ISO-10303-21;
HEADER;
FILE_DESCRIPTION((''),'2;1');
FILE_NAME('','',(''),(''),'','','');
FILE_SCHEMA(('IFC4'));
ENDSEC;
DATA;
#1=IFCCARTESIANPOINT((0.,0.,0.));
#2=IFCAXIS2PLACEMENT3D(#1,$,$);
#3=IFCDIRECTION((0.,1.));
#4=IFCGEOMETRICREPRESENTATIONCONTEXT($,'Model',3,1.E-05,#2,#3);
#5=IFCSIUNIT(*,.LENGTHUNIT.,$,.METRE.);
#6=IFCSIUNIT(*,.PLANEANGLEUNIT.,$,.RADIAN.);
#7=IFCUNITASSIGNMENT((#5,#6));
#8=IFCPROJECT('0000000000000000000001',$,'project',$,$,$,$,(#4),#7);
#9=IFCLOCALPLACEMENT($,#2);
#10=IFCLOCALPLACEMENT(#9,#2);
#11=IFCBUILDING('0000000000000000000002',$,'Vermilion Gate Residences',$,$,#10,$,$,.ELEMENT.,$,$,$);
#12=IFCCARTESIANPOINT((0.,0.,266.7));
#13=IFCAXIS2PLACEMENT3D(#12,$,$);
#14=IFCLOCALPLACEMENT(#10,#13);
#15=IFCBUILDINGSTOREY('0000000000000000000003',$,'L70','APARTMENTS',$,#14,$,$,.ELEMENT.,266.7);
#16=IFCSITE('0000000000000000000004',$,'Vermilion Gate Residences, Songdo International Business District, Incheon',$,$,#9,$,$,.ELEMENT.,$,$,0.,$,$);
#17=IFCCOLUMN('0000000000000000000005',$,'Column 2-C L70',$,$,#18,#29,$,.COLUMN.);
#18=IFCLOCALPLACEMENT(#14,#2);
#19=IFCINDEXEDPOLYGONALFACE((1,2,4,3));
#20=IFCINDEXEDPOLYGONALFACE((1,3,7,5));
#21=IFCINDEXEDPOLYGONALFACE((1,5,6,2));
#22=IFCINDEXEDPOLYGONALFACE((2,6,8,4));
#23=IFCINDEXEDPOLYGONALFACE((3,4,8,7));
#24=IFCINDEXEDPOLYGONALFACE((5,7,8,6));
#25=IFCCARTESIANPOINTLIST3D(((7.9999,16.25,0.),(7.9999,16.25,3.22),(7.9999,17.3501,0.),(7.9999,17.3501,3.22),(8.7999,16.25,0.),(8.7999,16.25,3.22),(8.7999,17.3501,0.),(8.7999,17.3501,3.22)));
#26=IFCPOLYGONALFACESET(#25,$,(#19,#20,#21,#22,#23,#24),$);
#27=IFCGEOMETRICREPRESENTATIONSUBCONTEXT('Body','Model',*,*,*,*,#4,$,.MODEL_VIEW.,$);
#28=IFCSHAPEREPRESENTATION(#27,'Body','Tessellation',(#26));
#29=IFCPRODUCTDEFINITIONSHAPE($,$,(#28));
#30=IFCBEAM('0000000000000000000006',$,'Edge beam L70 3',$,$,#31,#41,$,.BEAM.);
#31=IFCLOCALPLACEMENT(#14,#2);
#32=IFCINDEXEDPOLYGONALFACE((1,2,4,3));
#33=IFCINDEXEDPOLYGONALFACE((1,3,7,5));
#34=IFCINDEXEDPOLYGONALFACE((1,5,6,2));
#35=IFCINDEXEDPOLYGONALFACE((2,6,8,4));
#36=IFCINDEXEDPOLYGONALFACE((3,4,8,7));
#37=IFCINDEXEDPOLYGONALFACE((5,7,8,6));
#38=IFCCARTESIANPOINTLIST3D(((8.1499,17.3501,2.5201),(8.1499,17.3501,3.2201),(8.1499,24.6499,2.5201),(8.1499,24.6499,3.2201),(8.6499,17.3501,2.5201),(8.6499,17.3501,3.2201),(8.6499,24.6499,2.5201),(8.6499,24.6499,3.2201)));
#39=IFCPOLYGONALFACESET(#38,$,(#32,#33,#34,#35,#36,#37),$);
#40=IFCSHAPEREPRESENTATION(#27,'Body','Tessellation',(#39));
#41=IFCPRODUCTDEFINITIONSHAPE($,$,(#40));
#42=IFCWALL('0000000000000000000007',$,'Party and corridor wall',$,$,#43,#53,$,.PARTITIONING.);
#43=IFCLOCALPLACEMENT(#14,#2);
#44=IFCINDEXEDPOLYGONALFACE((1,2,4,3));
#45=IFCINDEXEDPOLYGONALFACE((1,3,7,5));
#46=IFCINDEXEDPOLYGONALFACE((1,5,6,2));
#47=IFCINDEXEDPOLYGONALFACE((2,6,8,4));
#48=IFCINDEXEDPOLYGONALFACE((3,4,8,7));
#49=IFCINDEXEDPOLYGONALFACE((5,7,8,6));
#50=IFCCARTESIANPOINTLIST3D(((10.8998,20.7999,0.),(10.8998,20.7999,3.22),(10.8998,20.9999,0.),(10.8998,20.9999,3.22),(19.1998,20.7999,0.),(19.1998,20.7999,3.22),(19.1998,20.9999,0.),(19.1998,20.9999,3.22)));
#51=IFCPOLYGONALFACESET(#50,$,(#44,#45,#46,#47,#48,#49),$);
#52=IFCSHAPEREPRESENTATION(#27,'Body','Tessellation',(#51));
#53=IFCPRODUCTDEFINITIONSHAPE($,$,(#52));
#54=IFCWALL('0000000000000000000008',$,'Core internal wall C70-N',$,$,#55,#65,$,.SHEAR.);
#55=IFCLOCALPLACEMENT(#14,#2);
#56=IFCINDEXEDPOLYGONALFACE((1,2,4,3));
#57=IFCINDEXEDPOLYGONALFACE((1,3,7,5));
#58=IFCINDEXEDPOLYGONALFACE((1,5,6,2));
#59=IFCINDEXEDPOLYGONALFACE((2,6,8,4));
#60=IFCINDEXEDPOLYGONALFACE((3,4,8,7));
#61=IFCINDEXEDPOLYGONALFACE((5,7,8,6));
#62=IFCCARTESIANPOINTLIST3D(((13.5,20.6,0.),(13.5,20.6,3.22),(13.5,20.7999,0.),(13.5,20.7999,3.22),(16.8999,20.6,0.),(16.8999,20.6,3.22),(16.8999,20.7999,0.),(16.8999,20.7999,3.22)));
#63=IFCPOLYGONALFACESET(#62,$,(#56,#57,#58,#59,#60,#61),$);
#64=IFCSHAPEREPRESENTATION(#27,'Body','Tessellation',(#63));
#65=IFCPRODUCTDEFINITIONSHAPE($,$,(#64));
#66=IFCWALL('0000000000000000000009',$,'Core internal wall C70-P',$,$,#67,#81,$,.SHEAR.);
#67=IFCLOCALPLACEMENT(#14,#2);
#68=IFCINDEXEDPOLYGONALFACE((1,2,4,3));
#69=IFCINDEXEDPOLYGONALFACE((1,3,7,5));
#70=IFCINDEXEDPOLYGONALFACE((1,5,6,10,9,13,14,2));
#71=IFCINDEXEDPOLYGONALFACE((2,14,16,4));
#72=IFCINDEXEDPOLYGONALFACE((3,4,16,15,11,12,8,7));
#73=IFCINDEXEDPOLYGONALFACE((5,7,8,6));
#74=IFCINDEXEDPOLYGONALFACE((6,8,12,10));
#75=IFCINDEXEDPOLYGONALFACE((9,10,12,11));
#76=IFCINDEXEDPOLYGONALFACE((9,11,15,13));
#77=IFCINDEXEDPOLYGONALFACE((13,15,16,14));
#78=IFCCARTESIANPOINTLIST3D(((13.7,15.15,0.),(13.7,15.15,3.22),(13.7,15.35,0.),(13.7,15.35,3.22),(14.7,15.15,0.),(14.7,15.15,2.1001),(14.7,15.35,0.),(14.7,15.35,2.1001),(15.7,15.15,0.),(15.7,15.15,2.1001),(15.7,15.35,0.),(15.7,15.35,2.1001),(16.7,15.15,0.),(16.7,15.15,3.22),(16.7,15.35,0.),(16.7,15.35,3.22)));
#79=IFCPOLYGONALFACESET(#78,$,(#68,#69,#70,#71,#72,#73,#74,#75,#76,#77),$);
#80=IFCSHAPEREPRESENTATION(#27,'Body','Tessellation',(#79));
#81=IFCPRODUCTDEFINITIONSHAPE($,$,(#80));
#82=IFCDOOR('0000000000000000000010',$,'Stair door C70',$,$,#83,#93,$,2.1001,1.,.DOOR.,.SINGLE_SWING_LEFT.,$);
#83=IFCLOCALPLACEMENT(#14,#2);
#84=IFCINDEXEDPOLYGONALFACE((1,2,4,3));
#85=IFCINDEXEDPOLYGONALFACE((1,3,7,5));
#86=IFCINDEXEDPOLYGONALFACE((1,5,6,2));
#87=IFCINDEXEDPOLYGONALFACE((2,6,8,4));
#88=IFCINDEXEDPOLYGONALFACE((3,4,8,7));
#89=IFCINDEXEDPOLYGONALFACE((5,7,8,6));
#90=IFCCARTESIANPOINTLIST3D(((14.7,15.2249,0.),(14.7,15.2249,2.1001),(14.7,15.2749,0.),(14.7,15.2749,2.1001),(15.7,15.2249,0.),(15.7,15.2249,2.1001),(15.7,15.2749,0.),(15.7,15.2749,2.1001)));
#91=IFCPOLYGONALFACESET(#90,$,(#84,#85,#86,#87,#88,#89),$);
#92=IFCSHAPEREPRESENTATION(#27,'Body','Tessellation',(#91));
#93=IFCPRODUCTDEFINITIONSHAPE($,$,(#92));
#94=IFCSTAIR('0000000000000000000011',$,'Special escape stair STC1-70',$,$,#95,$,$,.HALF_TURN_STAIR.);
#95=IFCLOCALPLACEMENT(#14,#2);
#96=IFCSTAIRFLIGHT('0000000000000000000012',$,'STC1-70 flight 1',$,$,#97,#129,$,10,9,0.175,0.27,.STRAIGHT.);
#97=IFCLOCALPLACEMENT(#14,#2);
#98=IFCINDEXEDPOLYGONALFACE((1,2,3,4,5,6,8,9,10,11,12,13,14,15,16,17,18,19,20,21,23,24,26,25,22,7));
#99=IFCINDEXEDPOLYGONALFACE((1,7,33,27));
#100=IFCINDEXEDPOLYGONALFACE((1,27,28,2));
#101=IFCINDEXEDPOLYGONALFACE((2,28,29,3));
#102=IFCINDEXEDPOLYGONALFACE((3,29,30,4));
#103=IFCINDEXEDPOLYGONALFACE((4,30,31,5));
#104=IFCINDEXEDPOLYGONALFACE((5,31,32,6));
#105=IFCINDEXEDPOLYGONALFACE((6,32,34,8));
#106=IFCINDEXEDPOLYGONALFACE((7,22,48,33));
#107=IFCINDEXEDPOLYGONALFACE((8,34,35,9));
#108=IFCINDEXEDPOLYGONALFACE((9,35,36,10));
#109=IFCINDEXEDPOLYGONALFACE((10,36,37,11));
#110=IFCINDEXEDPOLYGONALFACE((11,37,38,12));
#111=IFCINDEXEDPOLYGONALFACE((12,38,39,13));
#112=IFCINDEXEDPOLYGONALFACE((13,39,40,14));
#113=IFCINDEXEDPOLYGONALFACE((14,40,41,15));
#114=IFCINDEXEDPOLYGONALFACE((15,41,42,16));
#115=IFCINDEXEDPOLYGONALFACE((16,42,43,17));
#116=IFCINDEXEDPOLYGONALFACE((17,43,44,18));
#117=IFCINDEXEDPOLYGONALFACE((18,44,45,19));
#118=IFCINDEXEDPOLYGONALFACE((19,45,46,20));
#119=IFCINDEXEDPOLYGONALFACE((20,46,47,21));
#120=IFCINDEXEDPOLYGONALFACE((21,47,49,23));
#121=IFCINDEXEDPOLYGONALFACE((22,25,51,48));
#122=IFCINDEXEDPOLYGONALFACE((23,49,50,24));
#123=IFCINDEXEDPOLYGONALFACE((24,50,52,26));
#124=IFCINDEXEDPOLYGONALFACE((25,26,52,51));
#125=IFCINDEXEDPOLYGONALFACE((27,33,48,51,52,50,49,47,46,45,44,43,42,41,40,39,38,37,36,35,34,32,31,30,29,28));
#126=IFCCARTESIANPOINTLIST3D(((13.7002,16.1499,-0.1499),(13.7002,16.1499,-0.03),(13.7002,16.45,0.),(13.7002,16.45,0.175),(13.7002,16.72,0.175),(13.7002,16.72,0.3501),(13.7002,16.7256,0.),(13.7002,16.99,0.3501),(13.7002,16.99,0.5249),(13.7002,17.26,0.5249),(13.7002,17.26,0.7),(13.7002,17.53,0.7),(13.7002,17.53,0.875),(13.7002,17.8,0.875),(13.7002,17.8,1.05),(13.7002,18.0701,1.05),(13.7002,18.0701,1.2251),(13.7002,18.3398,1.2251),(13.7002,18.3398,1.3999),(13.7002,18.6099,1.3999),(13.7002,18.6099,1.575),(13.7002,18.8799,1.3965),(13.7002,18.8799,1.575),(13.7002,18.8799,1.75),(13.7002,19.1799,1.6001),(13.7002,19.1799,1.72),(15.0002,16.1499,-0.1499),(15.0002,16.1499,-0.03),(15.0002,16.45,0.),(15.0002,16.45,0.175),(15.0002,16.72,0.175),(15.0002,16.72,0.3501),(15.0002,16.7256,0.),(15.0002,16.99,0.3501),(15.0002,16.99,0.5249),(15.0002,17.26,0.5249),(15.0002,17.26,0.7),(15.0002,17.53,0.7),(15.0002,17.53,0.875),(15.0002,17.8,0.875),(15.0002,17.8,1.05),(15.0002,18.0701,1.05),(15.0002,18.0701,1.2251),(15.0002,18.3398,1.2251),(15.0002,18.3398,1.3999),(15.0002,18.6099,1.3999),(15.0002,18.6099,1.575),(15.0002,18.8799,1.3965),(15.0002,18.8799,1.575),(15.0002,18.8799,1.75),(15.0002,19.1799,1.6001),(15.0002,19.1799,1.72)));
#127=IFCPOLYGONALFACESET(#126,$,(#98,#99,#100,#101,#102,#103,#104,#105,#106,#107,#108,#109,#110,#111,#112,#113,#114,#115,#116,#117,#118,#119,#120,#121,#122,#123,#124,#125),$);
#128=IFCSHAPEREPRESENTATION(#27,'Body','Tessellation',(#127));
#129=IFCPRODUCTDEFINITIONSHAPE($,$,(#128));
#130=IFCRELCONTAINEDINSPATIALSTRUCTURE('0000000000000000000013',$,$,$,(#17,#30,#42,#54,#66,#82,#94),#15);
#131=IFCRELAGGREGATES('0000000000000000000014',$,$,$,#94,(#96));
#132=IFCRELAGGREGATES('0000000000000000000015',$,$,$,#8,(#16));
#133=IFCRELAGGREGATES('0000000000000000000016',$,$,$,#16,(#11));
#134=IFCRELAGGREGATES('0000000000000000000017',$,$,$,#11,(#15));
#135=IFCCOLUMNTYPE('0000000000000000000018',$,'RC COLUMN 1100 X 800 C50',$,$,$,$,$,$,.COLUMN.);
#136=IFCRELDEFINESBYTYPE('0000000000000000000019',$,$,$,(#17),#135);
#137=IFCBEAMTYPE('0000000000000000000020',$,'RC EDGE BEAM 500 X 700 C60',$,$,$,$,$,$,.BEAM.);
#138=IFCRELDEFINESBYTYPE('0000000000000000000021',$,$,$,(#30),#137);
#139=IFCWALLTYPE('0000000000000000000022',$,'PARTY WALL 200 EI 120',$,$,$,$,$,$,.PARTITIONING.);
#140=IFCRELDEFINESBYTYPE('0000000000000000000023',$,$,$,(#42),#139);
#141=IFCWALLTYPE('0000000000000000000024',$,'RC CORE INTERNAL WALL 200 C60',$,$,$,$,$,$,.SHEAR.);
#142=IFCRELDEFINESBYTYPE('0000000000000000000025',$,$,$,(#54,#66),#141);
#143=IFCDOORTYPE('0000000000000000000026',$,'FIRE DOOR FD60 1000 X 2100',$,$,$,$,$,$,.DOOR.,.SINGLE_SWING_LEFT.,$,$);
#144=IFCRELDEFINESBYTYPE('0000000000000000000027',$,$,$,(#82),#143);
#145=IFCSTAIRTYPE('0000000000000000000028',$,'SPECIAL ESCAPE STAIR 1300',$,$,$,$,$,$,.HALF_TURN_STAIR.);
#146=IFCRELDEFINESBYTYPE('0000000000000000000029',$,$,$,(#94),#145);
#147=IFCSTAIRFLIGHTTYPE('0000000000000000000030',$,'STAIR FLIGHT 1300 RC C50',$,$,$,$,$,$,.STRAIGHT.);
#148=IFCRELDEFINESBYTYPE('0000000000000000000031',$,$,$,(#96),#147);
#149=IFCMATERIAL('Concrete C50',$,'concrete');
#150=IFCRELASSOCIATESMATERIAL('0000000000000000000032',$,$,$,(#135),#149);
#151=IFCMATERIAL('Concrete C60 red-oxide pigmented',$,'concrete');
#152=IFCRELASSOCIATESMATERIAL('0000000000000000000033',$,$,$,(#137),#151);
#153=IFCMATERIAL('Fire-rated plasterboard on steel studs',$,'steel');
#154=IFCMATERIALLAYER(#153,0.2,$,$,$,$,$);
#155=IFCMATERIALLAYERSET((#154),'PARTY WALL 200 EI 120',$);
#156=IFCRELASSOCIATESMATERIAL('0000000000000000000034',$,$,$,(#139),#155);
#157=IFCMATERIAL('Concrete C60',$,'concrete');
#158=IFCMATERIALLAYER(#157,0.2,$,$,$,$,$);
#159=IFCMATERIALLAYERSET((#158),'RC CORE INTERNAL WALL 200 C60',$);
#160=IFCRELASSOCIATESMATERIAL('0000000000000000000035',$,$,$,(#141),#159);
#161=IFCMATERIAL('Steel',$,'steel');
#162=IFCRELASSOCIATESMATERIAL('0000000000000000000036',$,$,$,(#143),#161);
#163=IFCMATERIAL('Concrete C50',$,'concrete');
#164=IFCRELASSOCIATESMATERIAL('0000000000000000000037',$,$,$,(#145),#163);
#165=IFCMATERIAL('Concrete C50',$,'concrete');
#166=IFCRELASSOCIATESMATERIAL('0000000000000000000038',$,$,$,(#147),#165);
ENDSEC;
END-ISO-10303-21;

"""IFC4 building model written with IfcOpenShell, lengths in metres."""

from ifc_helpers import new_model, si_unit, direction, frame, frame_2d, origin, origin_2d, place, context, subcontext, project, spatial, polyline, rectangle, outline, extrude, material, layer, layer_set, material_profile, profile_set, type_object, element, fill, aggregate, save


model = new_model("IFC4")

# Units and contexts
model_context = context("Model", 3, precision=1e-05, world=origin(), true_north=direction((0.0, 1.0)))
body_context = subcontext(model_context, "Body", "Model", "MODEL_VIEW")
ifc_project = project(units=[si_unit("LENGTHUNIT", "METRE"), si_unit("PLANEANGLEUNIT", "RADIAN")], contexts=[model_context])

# Site, building, storey
site_placement = place(None, origin())
site = spatial("IfcSite", under=ifc_project, at=site_placement, Name="Vermilion Gate Residences, Songdo International Business District, Incheon", CompositionType="ELEMENT", RefElevation=0.0)
building_placement = place(site_placement, origin())
building = spatial("IfcBuilding", under=site, at=building_placement, Name="Vermilion Gate Residences", CompositionType="ELEMENT")
storey_placement = place(building_placement, frame((0.0, 0.0, 266.7)))
storey = spatial("IfcBuildingStorey", under=building, at=storey_placement, Name="L70", Description="APARTMENTS", CompositionType="ELEMENT", Elevation=266.7)

# Column
ifc_material_1 = material(Name="Concrete C50", Category="concrete")
ifc_material_profile_1 = material_profile(ifc_material_1, rectangle(XDim=1.1001, YDim=0.8, at=origin_2d()), Name="RC-1100x800")
ifc_profile_set_1 = profile_set([ifc_material_profile_1], Name="Concrete C50")
column_type = type_object("IfcColumnType", Name="RC COLUMN 1100 X 800 C50", PredefinedType="COLUMN", material=ifc_profile_set_1)
column_placement = place(storey_placement, frame((8.3999, 16.8, 0.0), z_axis=(0.0, 0.0, 1.0), x_axis=(0.0, 1.0, 0.0)))
element("IfcColumn", 1, at=column_placement, inside=storey, type_object=column_type, Name="Column 2-C L70", PredefinedType="COLUMN", context=body_context, shape_type="SweptSolid", body=[
    extrude(rectangle(XDim=1.1001, YDim=0.8, at=origin_2d()), origin(), (0.0, 0.0, 1.0), 3.22),
])

# Beam
ifc_material_2 = material(Name="Concrete C60 red-oxide pigmented", Category="concrete")
ifc_material_profile_2 = material_profile(ifc_material_2, rectangle(XDim=0.5, YDim=0.7, at=origin_2d()), Name="RC-500x700")
ifc_profile_set_2 = profile_set([ifc_material_profile_2], Name="Concrete C60 red-oxide pigmented")
beam_type = type_object("IfcBeamType", Name="RC EDGE BEAM 500 X 700 C60", PredefinedType="BEAM", material=ifc_profile_set_2)
beam_placement = place(storey_placement, frame((8.3999, 17.3501, 2.8701), z_axis=(0.0, 1.0, 0.0), x_axis=(-1.0, 0.0, 0.0)))
element("IfcBeam", 2, at=beam_placement, inside=storey, type_object=beam_type, Name="Edge beam L70 3", PredefinedType="BEAM", context=body_context, shape_type="SweptSolid", body=[
    extrude(rectangle(XDim=0.5, YDim=0.7, at=origin_2d()), origin(), (0.0, 0.0, 1.0), 7.2998),
])

# Walls
ifc_material_3 = material(Name="Fire-rated plasterboard on steel studs", Category="steel")
ifc_layer_1 = layer(ifc_material_3, 0.2)
ifc_layer_set_1 = layer_set([ifc_layer_1], Name="PARTY WALL 200 EI 120")
wall_type_1 = type_object("IfcWallType", Name="PARTY WALL 200 EI 120", PredefinedType="PARTITIONING", material=ifc_layer_set_1)
wall_1_placement = place(storey_placement, frame((10.8999, 20.8999, 0.0), z_axis=(0.0, 0.0, 1.0), x_axis=(1.0, 0.0, 0.0)))
element("IfcWall", 3, at=wall_1_placement, inside=storey, type_object=wall_type_1, Name="Party and corridor wall", PredefinedType="PARTITIONING", context=body_context, shape_type="SweptSolid", body=[
    extrude(rectangle(XDim=8.3, YDim=0.2, at=frame_2d((4.1499, 0.0))), origin(), (0.0, 0.0, 1.0), 3.22),
])
ifc_material_4 = material(Name="Concrete C60", Category="concrete")
ifc_layer_2 = layer(ifc_material_4, 0.2)
ifc_layer_set_2 = layer_set([ifc_layer_2], Name="RC CORE INTERNAL WALL 200 C60")
wall_type_2 = type_object("IfcWallType", Name="RC CORE INTERNAL WALL 200 C60", PredefinedType="SHEAR", material=ifc_layer_set_2)
wall_2_placement = place(storey_placement, frame((13.5, 20.7, 0.0), z_axis=(0.0, 0.0, 1.0), x_axis=(1.0, 0.0, 0.0)))
element("IfcWall", 4, at=wall_2_placement, inside=storey, type_object=wall_type_2, Name="Core internal wall C70-N", PredefinedType="SHEAR", context=body_context, shape_type="SweptSolid", body=[
    extrude(rectangle(XDim=3.3999, YDim=0.2, at=frame_2d((1.7, 0.0))), origin(), (0.0, 0.0, 1.0), 3.22),
])

# Wall, opening, door
wall_3_placement = place(storey_placement, frame((13.7, 15.25, 0.0), z_axis=(0.0, 0.0, 1.0), x_axis=(1.0, 0.0, 0.0)))
wall_3 = element("IfcWall", 5, at=wall_3_placement, inside=storey, type_object=wall_type_2, Name="Core internal wall C70-P", PredefinedType="SHEAR", context=body_context, shape_type="SweptSolid", body=[
    extrude(rectangle(XDim=3.0, YDim=0.2, at=frame_2d((1.5, 0.0))), origin(), (0.0, 0.0, 1.0), 3.22),
])
opening_placement = place(wall_3_placement, frame((1.0, 0.0, 0.0)))
opening = element("IfcOpeningElement", 6, at=opening_placement, cuts=wall_3, PredefinedType="OPENING", context=body_context, shape_type="SweptSolid", body=[
    extrude(rectangle(XDim=1.0, YDim=2.1001, at=frame_2d((0.5, 1.05))), frame((0.0, 0.1099, 0.0), z_axis=(0.0, -1.0, 0.0), x_axis=(1.0, 0.0, 0.0)), (0.0, 0.0, 1.0), 0.22),
])
ifc_material_5 = material(Name="Steel", Category="steel")
door_type = type_object("IfcDoorType", Name="FIRE DOOR FD60 1000 X 2100", OperationType="SINGLE_SWING_LEFT", PredefinedType="DOOR", material=ifc_material_5)
door_placement = place(opening_placement, origin())
door = element("IfcDoor", 7, at=door_placement, inside=storey, type_object=door_type, Name="Stair door C70", OperationType="SINGLE_SWING_LEFT", OverallHeight=2.1001, OverallWidth=1.0, PredefinedType="DOOR", context=body_context, shape_type="SweptSolid", body=[
    extrude(rectangle(XDim=1.0, YDim=2.1001, at=frame_2d((0.5, 1.05))), frame((0.0, 0.0249, 0.0), z_axis=(0.0, -1.0, 0.0), x_axis=(1.0, 0.0, 0.0)), (0.0, 0.0, 1.0), 0.05),
])
fill(opening, door)

# Stair, stair flight
ifc_material_6 = material(Name="Concrete C50", Category="concrete")
stair_type = type_object("IfcStairType", Name="SPECIAL ESCAPE STAIR 1300", PredefinedType="HALF_TURN_STAIR", material=ifc_material_6)
stair_placement = place(storey_placement, origin())
stair = element("IfcStair", 8, at=stair_placement, inside=storey, type_object=stair_type, Name="Special escape stair STC1-70", PredefinedType="HALF_TURN_STAIR")
ifc_material_7 = material(Name="Concrete C50", Category="concrete")
stair_flight_type = type_object("IfcStairFlightType", Name="STAIR FLIGHT 1300 RC C50", PredefinedType="STRAIGHT", material=ifc_material_7)
stair_flight_placement = place(storey_placement, frame((14.3501, 16.45, 0.0), z_axis=(0.0, 0.0, 1.0), x_axis=(0.0, 1.0, 0.0)))
stair_flight = element("IfcStairFlight", 9, at=stair_flight_placement, type_object=stair_flight_type, Name="STC1-70 flight 1", NumberOfRisers=10, NumberOfTreads=9, PredefinedType="STRAIGHT", RiserHeight=0.175, TreadLength=0.27, context=body_context, shape_type="SweptSolid", body=[
    extrude(outline(polyline([(-0.3, -0.1499), (-0.3, -0.03), (0.0, 0.0), (0.0, 0.175), (0.27, 0.175), (0.27, 0.3501), (0.54, 0.3501), (0.54, 0.5249), (0.8101, 0.5249), (0.8101, 0.7), (1.0801, 0.7), (1.0801, 0.875), (1.3501, 0.875), (1.3501, 1.05), (1.6201, 1.05), (1.6201, 1.2251), (1.8899, 1.2251), (1.8899, 1.3999), (2.1599, 1.3999), (2.1599, 1.575), (2.4299, 1.575), (2.4299, 1.75), (2.73, 1.72), (2.73, 1.6001), (2.4299, 1.3965), (0.2756, 0.0), (-0.3, -0.1499)])), frame((0.0, 0.6499, 0.0), z_axis=(0.0, -1.0, 0.0), x_axis=(1.0, 0.0, 0.0)), (0.0, 0.0, 1.0), 1.3),
])
aggregate(stair, [stair_flight])

save(model, "model.ifc")
